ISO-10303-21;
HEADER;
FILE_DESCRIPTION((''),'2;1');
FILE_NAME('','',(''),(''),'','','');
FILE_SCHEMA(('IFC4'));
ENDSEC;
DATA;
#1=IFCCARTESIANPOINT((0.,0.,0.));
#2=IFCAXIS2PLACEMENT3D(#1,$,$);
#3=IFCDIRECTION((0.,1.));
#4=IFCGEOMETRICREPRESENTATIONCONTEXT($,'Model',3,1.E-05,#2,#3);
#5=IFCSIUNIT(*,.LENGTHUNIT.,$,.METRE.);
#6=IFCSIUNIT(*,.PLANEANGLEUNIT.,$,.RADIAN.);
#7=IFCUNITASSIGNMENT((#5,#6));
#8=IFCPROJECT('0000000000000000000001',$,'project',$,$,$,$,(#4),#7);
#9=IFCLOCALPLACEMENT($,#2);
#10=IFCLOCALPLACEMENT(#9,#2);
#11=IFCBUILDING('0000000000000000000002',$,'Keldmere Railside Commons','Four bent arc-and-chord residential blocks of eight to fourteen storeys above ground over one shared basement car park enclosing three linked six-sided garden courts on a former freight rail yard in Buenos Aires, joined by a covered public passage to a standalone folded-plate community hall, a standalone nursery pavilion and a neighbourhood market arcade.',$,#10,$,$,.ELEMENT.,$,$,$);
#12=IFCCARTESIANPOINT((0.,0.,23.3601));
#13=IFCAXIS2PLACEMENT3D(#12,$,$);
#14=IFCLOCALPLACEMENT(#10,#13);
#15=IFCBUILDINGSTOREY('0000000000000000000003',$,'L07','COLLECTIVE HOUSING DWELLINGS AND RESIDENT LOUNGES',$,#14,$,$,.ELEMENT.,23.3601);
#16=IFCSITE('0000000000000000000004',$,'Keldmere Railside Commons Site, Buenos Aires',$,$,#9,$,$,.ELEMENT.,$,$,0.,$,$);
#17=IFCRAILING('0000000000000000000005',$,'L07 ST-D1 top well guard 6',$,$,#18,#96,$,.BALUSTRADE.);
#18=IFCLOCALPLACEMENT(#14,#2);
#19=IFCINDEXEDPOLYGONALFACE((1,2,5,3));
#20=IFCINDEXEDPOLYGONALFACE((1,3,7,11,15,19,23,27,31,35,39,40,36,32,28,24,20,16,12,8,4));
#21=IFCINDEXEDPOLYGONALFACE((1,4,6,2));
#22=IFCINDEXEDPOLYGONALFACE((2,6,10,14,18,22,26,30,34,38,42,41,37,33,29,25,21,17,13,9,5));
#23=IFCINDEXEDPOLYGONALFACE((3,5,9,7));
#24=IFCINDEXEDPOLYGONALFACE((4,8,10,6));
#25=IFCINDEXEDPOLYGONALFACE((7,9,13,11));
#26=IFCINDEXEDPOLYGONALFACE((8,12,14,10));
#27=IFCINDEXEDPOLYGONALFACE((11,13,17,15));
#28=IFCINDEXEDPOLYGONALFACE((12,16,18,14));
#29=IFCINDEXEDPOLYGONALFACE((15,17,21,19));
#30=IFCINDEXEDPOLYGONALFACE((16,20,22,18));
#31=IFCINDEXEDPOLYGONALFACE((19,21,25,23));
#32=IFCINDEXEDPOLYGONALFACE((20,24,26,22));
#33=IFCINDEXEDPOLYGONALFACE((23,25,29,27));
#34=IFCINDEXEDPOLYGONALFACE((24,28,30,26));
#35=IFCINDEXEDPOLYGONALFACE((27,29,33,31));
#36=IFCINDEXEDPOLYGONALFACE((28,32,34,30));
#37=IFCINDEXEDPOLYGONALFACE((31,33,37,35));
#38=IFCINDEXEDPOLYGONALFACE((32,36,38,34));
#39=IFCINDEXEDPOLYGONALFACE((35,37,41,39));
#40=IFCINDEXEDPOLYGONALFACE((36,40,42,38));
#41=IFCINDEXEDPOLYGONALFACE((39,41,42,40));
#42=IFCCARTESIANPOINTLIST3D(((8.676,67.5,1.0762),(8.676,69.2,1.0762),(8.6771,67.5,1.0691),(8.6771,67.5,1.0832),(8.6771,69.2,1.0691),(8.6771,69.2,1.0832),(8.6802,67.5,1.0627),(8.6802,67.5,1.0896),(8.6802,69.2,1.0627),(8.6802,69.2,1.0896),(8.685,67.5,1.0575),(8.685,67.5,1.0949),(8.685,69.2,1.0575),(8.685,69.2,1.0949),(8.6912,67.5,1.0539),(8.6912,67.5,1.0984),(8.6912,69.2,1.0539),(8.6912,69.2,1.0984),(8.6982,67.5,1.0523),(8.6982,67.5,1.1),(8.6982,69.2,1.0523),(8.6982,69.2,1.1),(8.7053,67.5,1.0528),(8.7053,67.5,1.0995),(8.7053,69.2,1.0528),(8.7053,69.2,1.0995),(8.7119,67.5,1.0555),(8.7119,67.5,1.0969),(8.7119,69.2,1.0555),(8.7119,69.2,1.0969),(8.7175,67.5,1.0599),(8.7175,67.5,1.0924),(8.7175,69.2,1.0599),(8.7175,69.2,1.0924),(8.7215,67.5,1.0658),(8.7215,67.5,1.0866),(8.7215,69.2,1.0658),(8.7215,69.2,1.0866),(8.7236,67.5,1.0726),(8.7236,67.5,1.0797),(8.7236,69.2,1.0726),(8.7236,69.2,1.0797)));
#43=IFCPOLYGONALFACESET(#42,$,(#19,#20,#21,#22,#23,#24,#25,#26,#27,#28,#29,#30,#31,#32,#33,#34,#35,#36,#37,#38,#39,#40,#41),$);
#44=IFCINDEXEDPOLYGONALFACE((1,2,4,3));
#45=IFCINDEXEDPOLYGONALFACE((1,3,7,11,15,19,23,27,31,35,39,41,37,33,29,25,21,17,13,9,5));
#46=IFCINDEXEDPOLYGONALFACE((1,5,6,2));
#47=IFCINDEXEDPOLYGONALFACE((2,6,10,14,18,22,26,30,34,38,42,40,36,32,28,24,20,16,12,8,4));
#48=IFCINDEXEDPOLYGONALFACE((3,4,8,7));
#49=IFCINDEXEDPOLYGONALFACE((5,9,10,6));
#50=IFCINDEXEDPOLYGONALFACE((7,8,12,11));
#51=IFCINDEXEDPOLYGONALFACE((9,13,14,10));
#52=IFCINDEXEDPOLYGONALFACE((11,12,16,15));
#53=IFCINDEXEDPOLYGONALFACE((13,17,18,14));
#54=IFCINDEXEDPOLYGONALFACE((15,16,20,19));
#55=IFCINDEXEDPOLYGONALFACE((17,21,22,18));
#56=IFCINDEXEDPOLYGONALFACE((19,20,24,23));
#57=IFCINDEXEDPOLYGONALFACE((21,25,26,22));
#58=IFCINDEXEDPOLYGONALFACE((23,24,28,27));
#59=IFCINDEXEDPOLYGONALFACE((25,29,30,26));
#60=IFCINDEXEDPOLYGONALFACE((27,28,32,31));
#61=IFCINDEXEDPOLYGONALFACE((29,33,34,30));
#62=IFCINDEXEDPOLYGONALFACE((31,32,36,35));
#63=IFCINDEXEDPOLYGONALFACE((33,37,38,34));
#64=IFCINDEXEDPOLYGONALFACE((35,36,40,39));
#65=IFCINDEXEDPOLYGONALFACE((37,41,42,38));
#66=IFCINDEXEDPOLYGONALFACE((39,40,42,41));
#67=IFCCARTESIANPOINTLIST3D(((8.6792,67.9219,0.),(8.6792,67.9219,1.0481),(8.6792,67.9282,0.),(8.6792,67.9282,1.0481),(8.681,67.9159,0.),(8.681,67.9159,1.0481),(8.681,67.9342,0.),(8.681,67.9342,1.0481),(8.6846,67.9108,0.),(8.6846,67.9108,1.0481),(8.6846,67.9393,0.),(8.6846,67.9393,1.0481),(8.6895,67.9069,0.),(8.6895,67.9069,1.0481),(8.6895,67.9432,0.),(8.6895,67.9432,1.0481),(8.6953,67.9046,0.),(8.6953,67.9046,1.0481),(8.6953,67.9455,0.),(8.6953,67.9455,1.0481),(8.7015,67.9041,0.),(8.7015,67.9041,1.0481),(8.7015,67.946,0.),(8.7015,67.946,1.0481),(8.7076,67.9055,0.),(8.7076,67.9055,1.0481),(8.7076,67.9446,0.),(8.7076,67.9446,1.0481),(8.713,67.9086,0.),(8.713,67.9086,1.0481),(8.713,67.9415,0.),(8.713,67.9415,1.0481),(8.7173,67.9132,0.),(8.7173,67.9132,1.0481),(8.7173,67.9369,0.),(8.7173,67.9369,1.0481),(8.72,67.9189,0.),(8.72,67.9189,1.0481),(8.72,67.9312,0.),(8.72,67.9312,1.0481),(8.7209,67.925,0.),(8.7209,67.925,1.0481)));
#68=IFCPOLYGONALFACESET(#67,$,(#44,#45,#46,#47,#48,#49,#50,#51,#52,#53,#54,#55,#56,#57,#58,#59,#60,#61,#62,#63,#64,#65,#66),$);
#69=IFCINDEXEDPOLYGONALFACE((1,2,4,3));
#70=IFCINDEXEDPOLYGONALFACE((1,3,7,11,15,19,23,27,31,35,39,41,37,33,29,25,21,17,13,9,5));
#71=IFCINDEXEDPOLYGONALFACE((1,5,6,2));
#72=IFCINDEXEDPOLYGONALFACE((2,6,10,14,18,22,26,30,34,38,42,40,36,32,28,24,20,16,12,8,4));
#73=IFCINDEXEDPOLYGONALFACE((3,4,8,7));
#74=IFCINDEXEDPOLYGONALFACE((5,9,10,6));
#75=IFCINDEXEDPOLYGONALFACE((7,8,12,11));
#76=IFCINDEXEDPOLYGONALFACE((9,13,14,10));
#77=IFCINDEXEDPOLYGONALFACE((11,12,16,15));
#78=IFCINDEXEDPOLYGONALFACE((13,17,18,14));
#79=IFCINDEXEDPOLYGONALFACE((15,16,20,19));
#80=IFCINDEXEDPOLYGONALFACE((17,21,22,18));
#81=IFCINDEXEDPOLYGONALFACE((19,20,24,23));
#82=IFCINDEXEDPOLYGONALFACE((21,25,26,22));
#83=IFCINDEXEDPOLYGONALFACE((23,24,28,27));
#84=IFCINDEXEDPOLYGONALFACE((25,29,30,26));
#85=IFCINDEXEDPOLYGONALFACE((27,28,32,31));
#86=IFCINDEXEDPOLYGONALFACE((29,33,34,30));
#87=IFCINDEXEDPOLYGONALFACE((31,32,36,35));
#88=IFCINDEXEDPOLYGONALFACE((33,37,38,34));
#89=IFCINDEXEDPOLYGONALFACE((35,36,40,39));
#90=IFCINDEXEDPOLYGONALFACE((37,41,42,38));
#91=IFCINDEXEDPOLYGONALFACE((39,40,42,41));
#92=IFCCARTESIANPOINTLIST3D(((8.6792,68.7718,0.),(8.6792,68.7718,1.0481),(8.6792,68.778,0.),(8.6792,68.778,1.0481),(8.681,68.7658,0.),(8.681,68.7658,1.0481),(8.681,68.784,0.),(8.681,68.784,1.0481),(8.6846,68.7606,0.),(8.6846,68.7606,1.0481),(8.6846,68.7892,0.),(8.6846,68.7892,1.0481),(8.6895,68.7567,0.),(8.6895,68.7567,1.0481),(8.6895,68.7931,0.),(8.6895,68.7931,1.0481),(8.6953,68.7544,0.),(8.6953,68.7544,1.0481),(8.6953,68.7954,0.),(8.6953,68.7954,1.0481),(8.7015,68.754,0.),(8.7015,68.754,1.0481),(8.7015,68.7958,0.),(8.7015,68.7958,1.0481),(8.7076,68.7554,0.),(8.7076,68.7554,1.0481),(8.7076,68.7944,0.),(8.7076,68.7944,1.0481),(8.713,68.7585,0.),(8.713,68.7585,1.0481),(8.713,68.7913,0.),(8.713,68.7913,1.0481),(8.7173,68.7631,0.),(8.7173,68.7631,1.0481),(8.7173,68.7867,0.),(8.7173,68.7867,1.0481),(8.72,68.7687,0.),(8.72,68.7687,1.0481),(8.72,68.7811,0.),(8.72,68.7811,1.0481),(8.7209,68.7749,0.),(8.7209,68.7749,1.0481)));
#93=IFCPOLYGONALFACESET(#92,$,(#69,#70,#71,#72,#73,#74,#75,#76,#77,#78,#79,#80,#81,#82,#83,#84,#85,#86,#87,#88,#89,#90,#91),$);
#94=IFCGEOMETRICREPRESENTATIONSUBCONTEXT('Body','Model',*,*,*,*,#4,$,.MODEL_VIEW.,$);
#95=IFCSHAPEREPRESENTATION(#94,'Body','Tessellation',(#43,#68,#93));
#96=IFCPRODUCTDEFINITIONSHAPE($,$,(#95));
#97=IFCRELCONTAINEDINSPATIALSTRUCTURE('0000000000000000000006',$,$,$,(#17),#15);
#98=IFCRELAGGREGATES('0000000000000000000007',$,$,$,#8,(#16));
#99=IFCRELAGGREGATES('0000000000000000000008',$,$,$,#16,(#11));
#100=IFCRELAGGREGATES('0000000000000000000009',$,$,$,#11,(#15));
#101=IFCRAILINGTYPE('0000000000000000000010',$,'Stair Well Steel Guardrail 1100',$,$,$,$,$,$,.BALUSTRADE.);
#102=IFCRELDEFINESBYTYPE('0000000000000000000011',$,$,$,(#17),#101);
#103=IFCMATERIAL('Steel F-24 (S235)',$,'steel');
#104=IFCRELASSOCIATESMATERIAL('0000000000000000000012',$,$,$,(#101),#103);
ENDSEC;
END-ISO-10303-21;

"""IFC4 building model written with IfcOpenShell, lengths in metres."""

from ifc_helpers import new_model, si_unit, direction, frame, origin, origin_2d, place, context, subcontext, project, spatial, circle, extrude, material, type_object, element, save


model = new_model("IFC4")

# Units and contexts
model_context = context("Model", 3, precision=1e-05, world=origin(), true_north=direction((0.0, 1.0)))
body_context = subcontext(model_context, "Body", "Model", "MODEL_VIEW")
ifc_project = project(units=[si_unit("LENGTHUNIT", "METRE"), si_unit("PLANEANGLEUNIT", "RADIAN")], contexts=[model_context])

# Site, building, storey
site_placement = place(None, origin())
site = spatial("IfcSite", under=ifc_project, at=site_placement, Name="Keldmere Railside Commons Site, Buenos Aires", CompositionType="ELEMENT", RefElevation=0.0)
building_placement = place(site_placement, origin())
building = spatial("IfcBuilding", under=site, at=building_placement, Name="Keldmere Railside Commons", Description="Four bent arc-and-chord residential blocks of eight to fourteen storeys above ground over one shared basement car park enclosing three linked six-sided garden courts on a former freight rail yard in Buenos Aires, joined by a covered public passage to a standalone folded-plate community hall, a standalone nursery pavilion and a neighbourhood market arcade.", CompositionType="ELEMENT")
storey_placement = place(building_placement, frame((0.0, 0.0, 23.3601)))
storey = spatial("IfcBuildingStorey", under=building, at=storey_placement, Name="L07", Description="COLLECTIVE HOUSING DWELLINGS AND RESIDENT LOUNGES", CompositionType="ELEMENT", Elevation=23.3601)

# Shared definitions
ifc_material_1 = material(Name="Steel F-24 (S235)", Category="steel")

# Railing
railing_type_1 = type_object("IfcRailingType", Name="Stair Well Steel Guardrail 1100", PredefinedType="BALUSTRADE", material=ifc_material_1)
for number, where, name in (
    (1, (8.7, 67.5, 0.0), "L07 ST-D1 top well guard 6"),
):
    element("IfcRailing", number, at=place(storey_placement, frame(where)), inside=storey, type_object=railing_type_1, Name=name, PredefinedType="BALUSTRADE", context=body_context, shape_type="SweptSolid", body=[
        extrude(circle(Radius=0.0239, at=origin_2d()), frame((0.0, 0.0, 1.0762), z_axis=(0.0, 1.0, 0.0), x_axis=(-1.0, 0.0, 0.0)), (0.0, 0.0, 1.0), 1.7),
        extrude(circle(Radius=0.021, at=origin_2d()), frame((0.0, 0.425, 0.0)), (0.0, 0.0, 1.0), 1.0481),
        extrude(circle(Radius=0.021, at=origin_2d()), frame((0.0, 1.2749, 0.0)), (0.0, 0.0, 1.0), 1.0481),
    ])

save(model, "model.ifc")
